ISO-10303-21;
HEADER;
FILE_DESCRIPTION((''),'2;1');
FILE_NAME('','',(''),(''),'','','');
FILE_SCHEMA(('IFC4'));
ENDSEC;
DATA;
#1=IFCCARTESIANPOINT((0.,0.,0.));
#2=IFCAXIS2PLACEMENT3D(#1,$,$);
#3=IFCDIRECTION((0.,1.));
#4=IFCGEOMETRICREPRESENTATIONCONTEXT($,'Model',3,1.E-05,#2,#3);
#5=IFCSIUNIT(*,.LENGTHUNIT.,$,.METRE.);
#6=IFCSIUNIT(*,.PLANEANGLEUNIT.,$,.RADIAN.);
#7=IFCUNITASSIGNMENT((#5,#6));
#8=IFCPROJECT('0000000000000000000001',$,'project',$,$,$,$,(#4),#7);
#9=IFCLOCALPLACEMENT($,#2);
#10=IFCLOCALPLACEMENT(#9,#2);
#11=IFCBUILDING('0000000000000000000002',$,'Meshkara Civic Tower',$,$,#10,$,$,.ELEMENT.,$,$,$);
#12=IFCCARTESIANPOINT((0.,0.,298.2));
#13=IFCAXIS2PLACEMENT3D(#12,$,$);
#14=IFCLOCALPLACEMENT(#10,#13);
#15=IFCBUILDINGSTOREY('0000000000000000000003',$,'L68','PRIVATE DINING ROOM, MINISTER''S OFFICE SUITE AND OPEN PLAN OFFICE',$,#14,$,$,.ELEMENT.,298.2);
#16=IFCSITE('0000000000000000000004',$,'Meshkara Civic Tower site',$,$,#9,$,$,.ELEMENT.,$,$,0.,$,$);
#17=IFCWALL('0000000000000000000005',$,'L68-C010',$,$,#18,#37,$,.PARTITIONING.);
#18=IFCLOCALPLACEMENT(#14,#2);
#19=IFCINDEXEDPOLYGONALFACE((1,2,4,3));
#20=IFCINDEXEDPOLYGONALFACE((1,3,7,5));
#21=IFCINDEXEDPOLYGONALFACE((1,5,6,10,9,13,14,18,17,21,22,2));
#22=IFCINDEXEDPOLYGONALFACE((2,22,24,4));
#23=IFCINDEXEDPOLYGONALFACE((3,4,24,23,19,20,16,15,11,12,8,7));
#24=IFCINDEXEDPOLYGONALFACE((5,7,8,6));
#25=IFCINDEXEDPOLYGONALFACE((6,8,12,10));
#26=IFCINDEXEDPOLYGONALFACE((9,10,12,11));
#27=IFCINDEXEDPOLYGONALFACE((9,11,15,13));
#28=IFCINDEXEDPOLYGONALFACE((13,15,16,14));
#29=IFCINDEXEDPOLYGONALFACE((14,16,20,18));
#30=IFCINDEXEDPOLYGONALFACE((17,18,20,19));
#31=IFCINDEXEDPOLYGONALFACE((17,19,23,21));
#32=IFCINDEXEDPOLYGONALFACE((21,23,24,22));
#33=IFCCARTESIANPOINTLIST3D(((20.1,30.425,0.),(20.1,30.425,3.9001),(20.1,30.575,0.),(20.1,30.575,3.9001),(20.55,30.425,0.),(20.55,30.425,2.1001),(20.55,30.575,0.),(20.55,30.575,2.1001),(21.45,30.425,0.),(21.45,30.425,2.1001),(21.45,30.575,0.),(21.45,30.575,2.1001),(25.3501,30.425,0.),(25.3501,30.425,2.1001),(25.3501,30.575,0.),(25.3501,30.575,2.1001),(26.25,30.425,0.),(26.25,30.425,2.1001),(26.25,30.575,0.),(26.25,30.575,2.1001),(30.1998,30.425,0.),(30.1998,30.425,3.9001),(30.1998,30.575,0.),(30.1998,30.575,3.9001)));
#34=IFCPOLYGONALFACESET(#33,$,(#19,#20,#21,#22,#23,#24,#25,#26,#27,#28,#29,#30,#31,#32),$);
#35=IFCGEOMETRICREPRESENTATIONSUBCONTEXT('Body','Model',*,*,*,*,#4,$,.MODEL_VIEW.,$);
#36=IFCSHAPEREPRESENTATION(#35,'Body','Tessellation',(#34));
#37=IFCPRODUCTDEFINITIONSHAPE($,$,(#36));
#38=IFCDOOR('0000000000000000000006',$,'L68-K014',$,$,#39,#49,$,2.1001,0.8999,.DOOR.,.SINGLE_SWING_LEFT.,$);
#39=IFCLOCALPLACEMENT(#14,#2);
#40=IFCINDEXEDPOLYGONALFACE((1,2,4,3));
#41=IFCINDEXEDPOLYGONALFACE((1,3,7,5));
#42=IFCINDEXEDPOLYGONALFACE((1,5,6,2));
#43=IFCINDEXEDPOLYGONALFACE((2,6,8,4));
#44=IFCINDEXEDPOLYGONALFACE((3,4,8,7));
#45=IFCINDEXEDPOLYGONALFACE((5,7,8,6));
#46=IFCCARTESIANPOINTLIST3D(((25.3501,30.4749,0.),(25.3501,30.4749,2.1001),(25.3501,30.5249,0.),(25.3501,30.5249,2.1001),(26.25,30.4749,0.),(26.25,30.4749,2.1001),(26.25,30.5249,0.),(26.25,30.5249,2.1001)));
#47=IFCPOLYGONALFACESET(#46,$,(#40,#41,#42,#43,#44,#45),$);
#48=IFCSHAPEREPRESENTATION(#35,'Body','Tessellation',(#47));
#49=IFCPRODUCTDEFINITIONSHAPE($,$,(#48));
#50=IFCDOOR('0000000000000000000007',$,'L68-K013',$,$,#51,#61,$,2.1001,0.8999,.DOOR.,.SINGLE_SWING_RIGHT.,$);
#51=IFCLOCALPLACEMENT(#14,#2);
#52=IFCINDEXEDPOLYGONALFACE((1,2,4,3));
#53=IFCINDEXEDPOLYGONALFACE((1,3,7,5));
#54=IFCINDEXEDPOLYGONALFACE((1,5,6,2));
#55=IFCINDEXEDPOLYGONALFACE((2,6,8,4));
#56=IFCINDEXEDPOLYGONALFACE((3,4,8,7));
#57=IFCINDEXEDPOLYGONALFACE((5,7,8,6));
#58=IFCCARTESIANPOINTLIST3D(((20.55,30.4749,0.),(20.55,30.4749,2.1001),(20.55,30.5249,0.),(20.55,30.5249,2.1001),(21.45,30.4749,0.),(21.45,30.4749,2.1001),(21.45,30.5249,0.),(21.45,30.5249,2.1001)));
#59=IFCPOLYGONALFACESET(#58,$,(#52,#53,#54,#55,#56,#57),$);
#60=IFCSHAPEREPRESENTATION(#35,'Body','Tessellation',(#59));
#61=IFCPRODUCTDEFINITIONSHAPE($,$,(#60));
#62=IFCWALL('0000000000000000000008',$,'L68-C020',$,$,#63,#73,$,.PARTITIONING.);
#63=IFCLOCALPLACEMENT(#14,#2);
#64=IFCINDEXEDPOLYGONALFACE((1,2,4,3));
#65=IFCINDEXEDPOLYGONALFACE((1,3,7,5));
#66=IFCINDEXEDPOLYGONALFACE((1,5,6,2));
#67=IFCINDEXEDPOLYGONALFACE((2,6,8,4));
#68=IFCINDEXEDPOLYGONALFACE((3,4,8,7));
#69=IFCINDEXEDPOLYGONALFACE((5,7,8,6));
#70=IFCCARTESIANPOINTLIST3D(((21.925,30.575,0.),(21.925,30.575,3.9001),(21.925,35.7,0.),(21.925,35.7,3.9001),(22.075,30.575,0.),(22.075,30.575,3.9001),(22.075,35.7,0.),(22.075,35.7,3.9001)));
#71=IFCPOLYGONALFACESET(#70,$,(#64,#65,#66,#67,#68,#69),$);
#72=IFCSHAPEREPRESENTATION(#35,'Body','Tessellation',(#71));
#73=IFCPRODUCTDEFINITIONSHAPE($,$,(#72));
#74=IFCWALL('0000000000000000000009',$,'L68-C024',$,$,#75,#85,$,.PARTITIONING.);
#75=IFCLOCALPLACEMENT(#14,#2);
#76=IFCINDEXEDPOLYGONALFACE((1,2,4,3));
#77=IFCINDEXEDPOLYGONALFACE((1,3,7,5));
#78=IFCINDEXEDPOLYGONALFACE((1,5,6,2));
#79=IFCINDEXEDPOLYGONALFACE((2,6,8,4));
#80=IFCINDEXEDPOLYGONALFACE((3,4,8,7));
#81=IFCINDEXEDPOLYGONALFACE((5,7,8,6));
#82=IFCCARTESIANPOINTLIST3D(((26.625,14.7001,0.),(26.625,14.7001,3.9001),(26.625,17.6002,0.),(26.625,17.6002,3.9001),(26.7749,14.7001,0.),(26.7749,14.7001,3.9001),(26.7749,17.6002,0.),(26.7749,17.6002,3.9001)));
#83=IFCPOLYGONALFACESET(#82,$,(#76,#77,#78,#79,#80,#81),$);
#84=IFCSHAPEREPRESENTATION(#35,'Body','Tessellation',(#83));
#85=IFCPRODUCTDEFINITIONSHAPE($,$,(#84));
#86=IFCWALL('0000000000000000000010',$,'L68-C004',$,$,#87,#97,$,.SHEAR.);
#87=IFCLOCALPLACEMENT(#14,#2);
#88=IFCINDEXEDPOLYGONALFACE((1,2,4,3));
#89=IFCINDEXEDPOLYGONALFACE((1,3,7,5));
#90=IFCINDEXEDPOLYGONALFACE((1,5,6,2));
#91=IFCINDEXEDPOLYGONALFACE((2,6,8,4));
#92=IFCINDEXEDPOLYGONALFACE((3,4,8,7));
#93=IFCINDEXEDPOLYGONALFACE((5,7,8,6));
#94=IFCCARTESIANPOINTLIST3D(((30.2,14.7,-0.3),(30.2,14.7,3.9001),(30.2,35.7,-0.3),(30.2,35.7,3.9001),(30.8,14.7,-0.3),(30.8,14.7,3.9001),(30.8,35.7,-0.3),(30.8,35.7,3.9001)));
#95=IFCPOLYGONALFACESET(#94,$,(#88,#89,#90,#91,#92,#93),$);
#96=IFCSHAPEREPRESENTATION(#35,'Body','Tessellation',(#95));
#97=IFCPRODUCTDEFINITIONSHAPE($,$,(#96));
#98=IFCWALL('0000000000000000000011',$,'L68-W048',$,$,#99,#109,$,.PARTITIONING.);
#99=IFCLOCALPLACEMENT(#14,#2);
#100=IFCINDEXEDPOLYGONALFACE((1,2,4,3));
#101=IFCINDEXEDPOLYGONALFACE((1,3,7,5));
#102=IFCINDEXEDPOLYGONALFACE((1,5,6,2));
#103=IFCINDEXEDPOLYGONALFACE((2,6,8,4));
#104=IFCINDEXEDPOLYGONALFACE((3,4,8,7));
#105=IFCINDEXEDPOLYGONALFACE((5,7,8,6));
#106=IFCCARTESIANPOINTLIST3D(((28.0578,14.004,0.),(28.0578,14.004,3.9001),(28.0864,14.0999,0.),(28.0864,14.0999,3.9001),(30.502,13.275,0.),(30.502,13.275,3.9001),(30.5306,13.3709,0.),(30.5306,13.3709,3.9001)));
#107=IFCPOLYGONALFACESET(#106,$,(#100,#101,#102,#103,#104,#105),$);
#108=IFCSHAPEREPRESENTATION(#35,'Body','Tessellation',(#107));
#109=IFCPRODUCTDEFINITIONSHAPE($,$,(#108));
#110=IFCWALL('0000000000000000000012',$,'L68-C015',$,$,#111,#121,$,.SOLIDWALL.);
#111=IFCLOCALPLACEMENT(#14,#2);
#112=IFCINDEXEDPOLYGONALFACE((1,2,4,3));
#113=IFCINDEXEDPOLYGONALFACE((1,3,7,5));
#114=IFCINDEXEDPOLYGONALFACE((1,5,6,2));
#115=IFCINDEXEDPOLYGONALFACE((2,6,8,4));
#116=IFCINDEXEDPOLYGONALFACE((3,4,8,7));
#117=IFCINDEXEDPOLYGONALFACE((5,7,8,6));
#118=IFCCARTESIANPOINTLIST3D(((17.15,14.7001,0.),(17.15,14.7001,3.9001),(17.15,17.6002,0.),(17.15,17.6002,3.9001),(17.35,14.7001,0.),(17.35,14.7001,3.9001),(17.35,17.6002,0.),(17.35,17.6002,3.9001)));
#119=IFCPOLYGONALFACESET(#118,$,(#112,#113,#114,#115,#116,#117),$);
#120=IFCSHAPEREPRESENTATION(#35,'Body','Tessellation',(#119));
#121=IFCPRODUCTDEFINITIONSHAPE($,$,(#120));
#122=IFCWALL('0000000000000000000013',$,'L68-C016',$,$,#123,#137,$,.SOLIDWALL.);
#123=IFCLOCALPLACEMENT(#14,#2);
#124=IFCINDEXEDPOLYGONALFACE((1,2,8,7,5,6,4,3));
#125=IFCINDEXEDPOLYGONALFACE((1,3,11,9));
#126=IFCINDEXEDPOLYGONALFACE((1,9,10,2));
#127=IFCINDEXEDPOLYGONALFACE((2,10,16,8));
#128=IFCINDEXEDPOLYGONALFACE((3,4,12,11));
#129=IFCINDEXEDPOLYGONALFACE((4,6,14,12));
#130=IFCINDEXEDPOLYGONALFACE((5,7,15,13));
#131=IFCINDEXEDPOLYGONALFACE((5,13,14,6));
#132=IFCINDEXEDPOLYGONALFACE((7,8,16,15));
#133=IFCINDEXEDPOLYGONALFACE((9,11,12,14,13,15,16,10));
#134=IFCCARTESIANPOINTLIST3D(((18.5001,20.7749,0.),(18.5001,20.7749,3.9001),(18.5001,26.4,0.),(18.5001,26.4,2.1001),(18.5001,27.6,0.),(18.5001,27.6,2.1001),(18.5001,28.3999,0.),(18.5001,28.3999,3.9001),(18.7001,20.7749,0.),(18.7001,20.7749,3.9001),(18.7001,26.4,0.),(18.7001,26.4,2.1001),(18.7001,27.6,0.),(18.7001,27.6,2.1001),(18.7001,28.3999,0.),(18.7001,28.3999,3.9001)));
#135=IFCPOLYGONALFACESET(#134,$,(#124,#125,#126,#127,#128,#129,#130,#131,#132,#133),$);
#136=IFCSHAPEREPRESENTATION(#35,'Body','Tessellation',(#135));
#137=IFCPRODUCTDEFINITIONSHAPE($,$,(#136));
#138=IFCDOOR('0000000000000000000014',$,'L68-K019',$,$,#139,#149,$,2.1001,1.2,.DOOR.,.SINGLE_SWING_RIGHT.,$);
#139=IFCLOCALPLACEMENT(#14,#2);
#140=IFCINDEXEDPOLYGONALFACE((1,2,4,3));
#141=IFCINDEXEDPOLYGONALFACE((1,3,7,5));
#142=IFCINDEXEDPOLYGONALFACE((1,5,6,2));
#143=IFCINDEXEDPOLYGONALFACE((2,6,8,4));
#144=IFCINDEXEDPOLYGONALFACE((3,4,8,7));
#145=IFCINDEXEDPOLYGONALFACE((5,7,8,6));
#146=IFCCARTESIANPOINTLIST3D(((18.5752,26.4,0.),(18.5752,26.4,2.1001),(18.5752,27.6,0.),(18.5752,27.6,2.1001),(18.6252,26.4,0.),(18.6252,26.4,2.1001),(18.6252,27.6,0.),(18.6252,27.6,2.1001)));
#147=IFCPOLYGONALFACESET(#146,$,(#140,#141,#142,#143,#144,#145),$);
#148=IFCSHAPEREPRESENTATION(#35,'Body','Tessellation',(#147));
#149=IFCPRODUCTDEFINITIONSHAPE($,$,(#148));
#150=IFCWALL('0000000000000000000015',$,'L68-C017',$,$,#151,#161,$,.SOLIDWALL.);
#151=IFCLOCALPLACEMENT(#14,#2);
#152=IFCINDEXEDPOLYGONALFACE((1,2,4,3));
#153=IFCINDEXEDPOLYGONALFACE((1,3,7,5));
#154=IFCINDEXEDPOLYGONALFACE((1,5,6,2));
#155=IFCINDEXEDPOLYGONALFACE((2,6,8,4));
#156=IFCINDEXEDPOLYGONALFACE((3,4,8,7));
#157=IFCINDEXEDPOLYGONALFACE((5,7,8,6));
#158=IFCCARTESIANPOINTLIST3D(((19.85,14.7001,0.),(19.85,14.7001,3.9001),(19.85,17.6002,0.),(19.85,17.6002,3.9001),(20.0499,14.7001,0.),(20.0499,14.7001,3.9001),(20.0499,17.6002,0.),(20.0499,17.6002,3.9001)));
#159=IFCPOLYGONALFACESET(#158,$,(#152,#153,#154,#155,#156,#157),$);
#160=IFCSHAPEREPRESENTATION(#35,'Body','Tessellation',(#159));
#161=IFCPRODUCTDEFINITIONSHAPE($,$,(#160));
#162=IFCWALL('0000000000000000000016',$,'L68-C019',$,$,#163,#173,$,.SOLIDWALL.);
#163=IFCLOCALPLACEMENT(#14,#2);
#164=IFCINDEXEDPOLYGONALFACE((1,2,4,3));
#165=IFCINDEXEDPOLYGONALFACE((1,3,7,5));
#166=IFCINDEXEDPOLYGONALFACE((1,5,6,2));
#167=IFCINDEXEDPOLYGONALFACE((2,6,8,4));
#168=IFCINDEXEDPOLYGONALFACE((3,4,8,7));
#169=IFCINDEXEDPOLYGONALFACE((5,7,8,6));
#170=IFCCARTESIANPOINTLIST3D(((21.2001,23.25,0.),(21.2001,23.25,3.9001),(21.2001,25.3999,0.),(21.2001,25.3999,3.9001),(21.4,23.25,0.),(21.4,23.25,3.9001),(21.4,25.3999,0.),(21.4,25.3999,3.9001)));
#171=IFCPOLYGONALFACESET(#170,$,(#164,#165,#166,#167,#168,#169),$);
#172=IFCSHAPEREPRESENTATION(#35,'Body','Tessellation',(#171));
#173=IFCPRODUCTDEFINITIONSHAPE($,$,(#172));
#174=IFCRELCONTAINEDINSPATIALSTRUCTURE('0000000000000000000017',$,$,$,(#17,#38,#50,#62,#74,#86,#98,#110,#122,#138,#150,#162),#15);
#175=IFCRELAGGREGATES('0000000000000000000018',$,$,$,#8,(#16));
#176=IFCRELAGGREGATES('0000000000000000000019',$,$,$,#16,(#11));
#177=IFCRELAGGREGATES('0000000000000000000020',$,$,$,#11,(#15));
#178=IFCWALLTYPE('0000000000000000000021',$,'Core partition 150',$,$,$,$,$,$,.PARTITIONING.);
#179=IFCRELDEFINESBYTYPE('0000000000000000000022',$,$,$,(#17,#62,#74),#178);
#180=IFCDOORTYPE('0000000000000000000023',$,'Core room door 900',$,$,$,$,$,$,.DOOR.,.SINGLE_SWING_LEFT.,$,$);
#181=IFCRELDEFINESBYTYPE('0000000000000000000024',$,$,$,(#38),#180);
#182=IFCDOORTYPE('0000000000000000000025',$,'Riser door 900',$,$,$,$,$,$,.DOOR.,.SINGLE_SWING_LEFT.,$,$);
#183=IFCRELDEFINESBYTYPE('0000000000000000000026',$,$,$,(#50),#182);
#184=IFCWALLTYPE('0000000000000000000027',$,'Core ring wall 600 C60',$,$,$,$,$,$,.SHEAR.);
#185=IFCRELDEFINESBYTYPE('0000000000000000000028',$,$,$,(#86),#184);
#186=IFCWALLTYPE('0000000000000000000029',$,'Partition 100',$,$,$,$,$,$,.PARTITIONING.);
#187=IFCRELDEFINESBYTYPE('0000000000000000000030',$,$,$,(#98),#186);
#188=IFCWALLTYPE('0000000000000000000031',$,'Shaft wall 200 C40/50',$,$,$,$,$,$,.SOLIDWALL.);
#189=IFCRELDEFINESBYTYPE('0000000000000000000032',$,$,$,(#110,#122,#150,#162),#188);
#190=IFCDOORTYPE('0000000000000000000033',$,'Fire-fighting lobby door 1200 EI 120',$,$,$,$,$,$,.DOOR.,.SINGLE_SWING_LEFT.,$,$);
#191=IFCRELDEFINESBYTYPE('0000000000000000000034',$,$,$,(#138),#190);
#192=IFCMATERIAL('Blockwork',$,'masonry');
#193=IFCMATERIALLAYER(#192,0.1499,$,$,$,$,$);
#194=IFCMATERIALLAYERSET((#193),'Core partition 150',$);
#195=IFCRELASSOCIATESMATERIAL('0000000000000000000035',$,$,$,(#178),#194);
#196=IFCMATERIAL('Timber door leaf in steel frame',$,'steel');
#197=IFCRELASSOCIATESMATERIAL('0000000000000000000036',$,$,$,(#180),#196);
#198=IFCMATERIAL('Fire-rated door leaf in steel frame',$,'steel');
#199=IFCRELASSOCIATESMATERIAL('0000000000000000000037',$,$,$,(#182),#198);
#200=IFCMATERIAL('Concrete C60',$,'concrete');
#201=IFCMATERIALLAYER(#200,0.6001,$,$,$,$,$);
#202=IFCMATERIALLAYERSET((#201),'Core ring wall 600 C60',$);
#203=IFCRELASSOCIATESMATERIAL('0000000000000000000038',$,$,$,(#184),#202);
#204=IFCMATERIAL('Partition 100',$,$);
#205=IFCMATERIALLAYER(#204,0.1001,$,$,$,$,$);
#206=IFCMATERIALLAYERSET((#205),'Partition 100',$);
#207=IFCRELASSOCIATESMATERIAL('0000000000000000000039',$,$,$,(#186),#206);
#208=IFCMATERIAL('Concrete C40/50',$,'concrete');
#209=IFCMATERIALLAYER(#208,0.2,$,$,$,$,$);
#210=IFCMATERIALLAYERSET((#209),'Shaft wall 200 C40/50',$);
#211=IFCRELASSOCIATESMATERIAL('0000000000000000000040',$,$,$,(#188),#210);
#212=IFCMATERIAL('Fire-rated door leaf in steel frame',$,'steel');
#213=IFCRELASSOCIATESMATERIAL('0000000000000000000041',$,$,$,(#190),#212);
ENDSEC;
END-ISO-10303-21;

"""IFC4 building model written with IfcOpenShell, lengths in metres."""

from ifc_helpers import new_model, si_unit, direction, frame, frame_2d, origin, place, context, subcontext, project, spatial, rectangle, extrude, material, layer, layer_set, type_object, element, fill, save


model = new_model("IFC4")

# Units and contexts
model_context = context("Model", 3, precision=1e-05, world=origin(), true_north=direction((0.0, 1.0)))
body_context = subcontext(model_context, "Body", "Model", "MODEL_VIEW")
ifc_project = project(units=[si_unit("LENGTHUNIT", "METRE"), si_unit("PLANEANGLEUNIT", "RADIAN")], contexts=[model_context])

# Site, building, storey
site_placement = place(None, origin())
site = spatial("IfcSite", under=ifc_project, at=site_placement, Name="Meshkara Civic Tower site", CompositionType="ELEMENT", RefElevation=0.0)
building_placement = place(site_placement, origin())
building = spatial("IfcBuilding", under=site, at=building_placement, Name="Meshkara Civic Tower", CompositionType="ELEMENT")
storey_placement = place(building_placement, frame((0.0, 0.0, 298.2)))
storey = spatial("IfcBuildingStorey", under=building, at=storey_placement, Name="L68", Description="PRIVATE DINING ROOM, MINISTER'S OFFICE SUITE AND OPEN PLAN OFFICE", CompositionType="ELEMENT", Elevation=298.2)

# Wall, openings, doors
ifc_material_1 = material(Name="Blockwork", Category="masonry")
ifc_layer_1 = layer(ifc_material_1, 0.1499)
ifc_layer_set_1 = layer_set([ifc_layer_1], Name="Core partition 150")
wall_type_1 = type_object("IfcWallType", Name="Core partition 150", PredefinedType="PARTITIONING", material=ifc_layer_set_1)
wall_1_placement = place(storey_placement, frame((20.1001, 30.5, 0.0), z_axis=(0.0, 0.0, 1.0), x_axis=(1.0, 0.0, 0.0)))
wall_1 = element("IfcWall", 1, at=wall_1_placement, inside=storey, type_object=wall_type_1, Name="L68-C010", PredefinedType="PARTITIONING", context=body_context, shape_type="SweptSolid", body=[
    extrude(rectangle(XDim=10.0999, YDim=0.1499, at=frame_2d((5.0498, 0.0))), origin(), (0.0, 0.0, 1.0), 3.9001),
])
opening_1_placement = place(wall_1_placement, frame((0.45, 0.0, 0.0)))
opening_1 = element("IfcOpeningElement", 2, at=opening_1_placement, cuts=wall_1, PredefinedType="OPENING", context=body_context, shape_type="SweptSolid", body=[
    extrude(rectangle(XDim=0.8999, YDim=2.1001, at=frame_2d((0.45, 1.05))), frame((0.0, 0.085, 0.0), z_axis=(0.0, -1.0, 0.0), x_axis=(1.0, 0.0, 0.0)), (0.0, 0.0, 1.0), 0.1699),
])
opening_2_placement = place(wall_1_placement, frame((5.25, 0.0, 0.0)))
opening_2 = element("IfcOpeningElement", 3, at=opening_2_placement, cuts=wall_1, PredefinedType="OPENING", context=body_context, shape_type="SweptSolid", body=[
    extrude(rectangle(XDim=0.8999, YDim=2.1001, at=frame_2d((0.45, 1.05))), frame((0.0, 0.085, 0.0), z_axis=(0.0, -1.0, 0.0), x_axis=(1.0, 0.0, 0.0)), (0.0, 0.0, 1.0), 0.1699),
])
ifc_material_2 = material(Name="Timber door leaf in steel frame", Category="steel")
door_type_1 = type_object("IfcDoorType", Name="Core room door 900", OperationType="SINGLE_SWING_LEFT", PredefinedType="DOOR", material=ifc_material_2)
door_1_placement = place(opening_2_placement, origin())
door_1 = element("IfcDoor", 4, at=door_1_placement, inside=storey, type_object=door_type_1, Name="L68-K014", OperationType="SINGLE_SWING_LEFT", OverallHeight=2.1001, OverallWidth=0.8999, PredefinedType="DOOR", context=body_context, shape_type="SweptSolid", body=[
    extrude(rectangle(XDim=0.8999, YDim=2.1001, at=frame_2d((0.45, 1.05))), frame((0.0, 0.0249, 0.0), z_axis=(0.0, -1.0, 0.0), x_axis=(1.0, 0.0, 0.0)), (0.0, 0.0, 1.0), 0.05),
])
fill(opening_2, door_1)
ifc_material_3 = material(Name="Fire-rated door leaf in steel frame", Category="steel")
door_type_2 = type_object("IfcDoorType", Name="Riser door 900", OperationType="SINGLE_SWING_LEFT", PredefinedType="DOOR", material=ifc_material_3)
door_2_placement = place(opening_1_placement, origin())
door_2 = element("IfcDoor", 5, at=door_2_placement, inside=storey, type_object=door_type_2, Name="L68-K013", OperationType="SINGLE_SWING_RIGHT", OverallHeight=2.1001, OverallWidth=0.8999, PredefinedType="DOOR", context=body_context, shape_type="SweptSolid", body=[
    extrude(rectangle(XDim=0.8999, YDim=2.1001, at=frame_2d((0.45, 1.05))), frame((0.0, 0.0249, 0.0), z_axis=(0.0, -1.0, 0.0), x_axis=(1.0, 0.0, 0.0)), (0.0, 0.0, 1.0), 0.05),
])
fill(opening_1, door_2)

# Walls
wall_2_placement = place(storey_placement, frame((22.0, 30.575, 0.0), z_axis=(0.0, 0.0, 1.0), x_axis=(0.0, 1.0, 0.0)))
element("IfcWall", 6, at=wall_2_placement, inside=storey, type_object=wall_type_1, Name="L68-C020", PredefinedType="PARTITIONING", context=body_context, shape_type="SweptSolid", body=[
    extrude(rectangle(XDim=5.125, YDim=0.1499, at=frame_2d((2.5625, 0.0))), origin(), (0.0, 0.0, 1.0), 3.9001),
])
wall_3_placement = place(storey_placement, frame((26.7, 14.7, 0.0), z_axis=(0.0, 0.0, 1.0), x_axis=(0.0, 1.0, 0.0)))
element("IfcWall", 7, at=wall_3_placement, inside=storey, type_object=wall_type_1, Name="L68-C024", PredefinedType="PARTITIONING", context=body_context, shape_type="SweptSolid", body=[
    extrude(rectangle(XDim=2.9001, YDim=0.1499, at=frame_2d((1.4502, 0.0))), origin(), (0.0, 0.0, 1.0), 3.9001),
])
ifc_material_4 = material(Name="Concrete C60", Category="concrete")
ifc_layer_2 = layer(ifc_material_4, 0.6001)
ifc_layer_set_2 = layer_set([ifc_layer_2], Name="Core ring wall 600 C60")
wall_type_2 = type_object("IfcWallType", Name="Core ring wall 600 C60", PredefinedType="SHEAR", material=ifc_layer_set_2)
wall_4_placement = place(storey_placement, frame((30.5, 14.7, -0.3), z_axis=(0.0, 0.0, 1.0), x_axis=(0.0, 1.0, 0.0)))
element("IfcWall", 8, at=wall_4_placement, inside=storey, type_object=wall_type_2, Name="L68-C004", PredefinedType="SHEAR", context=body_context, shape_type="SweptSolid", body=[
    extrude(rectangle(XDim=21.0, YDim=0.6001, at=frame_2d((10.5, 0.0))), origin(), (0.0, 0.0, 1.0), 4.2002),
])
ifc_material_5 = material(Name="Partition 100")
ifc_layer_3 = layer(ifc_material_5, 0.1001)
ifc_layer_set_3 = layer_set([ifc_layer_3], Name="Partition 100")
wall_type_3 = type_object("IfcWallType", Name="Partition 100", PredefinedType="PARTITIONING", material=ifc_layer_set_3)
wall_5_placement = place(storey_placement, frame((28.072, 14.052, 0.0), z_axis=(0.0, 0.0, 1.0), x_axis=(0.958281, -0.285828, 0.0)))
element("IfcWall", 9, at=wall_5_placement, inside=storey, type_object=wall_type_3, Name="L68-W048", PredefinedType="PARTITIONING", context=body_context, shape_type="SweptSolid", body=[
    extrude(rectangle(XDim=2.5505, YDim=0.1001, at=frame_2d((1.2754, 0.0))), origin(), (0.0, 0.0, 1.0), 3.9001),
])
ifc_material_6 = material(Name="Concrete C40/50", Category="concrete")
ifc_layer_4 = layer(ifc_material_6, 0.2)
ifc_layer_set_4 = layer_set([ifc_layer_4], Name="Shaft wall 200 C40/50")
wall_type_4 = type_object("IfcWallType", Name="Shaft wall 200 C40/50", PredefinedType="SOLIDWALL", material=ifc_layer_set_4)
wall_6_placement = place(storey_placement, frame((17.25, 14.7, 0.0), z_axis=(0.0, 0.0, 1.0), x_axis=(0.0, 1.0, 0.0)))
element("IfcWall", 10, at=wall_6_placement, inside=storey, type_object=wall_type_4, Name="L68-C015", PredefinedType="SOLIDWALL", context=body_context, shape_type="SweptSolid", body=[
    extrude(rectangle(XDim=2.9001, YDim=0.2, at=frame_2d((1.4502, 0.0))), origin(), (0.0, 0.0, 1.0), 3.9001),
])

# Wall, opening, door
wall_7_placement = place(storey_placement, frame((18.6001, 20.7749, 0.0), z_axis=(0.0, 0.0, 1.0), x_axis=(0.0, 1.0, 0.0)))
wall_7 = element("IfcWall", 11, at=wall_7_placement, inside=storey, type_object=wall_type_4, Name="L68-C016", PredefinedType="SOLIDWALL", context=body_context, shape_type="SweptSolid", body=[
    extrude(rectangle(XDim=7.625, YDim=0.2, at=frame_2d((3.8125, 0.0))), origin(), (0.0, 0.0, 1.0), 3.9001),
])
opening_3_placement = place(wall_7_placement, frame((5.625, 0.0, 0.0)))
opening_3 = element("IfcOpeningElement", 12, at=opening_3_placement, cuts=wall_7, PredefinedType="OPENING", context=body_context, shape_type="SweptSolid", body=[
    extrude(rectangle(XDim=1.2, YDim=2.1001, at=frame_2d((0.6001, 1.05))), frame((0.0, 0.1099, 0.0), z_axis=(0.0, -1.0, 0.0), x_axis=(1.0, 0.0, 0.0)), (0.0, 0.0, 1.0), 0.22),
])
ifc_material_7 = material(Name="Fire-rated door leaf in steel frame", Category="steel")
door_type_3 = type_object("IfcDoorType", Name="Fire-fighting lobby door 1200 EI 120", OperationType="SINGLE_SWING_LEFT", PredefinedType="DOOR", material=ifc_material_7)
door_3_placement = place(opening_3_placement, origin())
door_3 = element("IfcDoor", 13, at=door_3_placement, inside=storey, type_object=door_type_3, Name="L68-K019", OperationType="SINGLE_SWING_RIGHT", OverallHeight=2.1001, OverallWidth=1.2, PredefinedType="DOOR", context=body_context, shape_type="SweptSolid", body=[
    extrude(rectangle(XDim=1.2, YDim=2.1001, at=frame_2d((0.6001, 1.05))), frame((0.0, 0.0249, 0.0), z_axis=(0.0, -1.0, 0.0), x_axis=(1.0, 0.0, 0.0)), (0.0, 0.0, 1.0), 0.05),
])
fill(opening_3, door_3)

# Walls
wall_8_placement = place(storey_placement, frame((19.95, 14.7, 0.0), z_axis=(0.0, 0.0, 1.0), x_axis=(0.0, 1.0, 0.0)))
element("IfcWall", 14, at=wall_8_placement, inside=storey, type_object=wall_type_4, Name="L68-C017", PredefinedType="SOLIDWALL", context=body_context, shape_type="SweptSolid", body=[
    extrude(rectangle(XDim=2.9001, YDim=0.2, at=frame_2d((1.4502, 0.0))), origin(), (0.0, 0.0, 1.0), 3.9001),
])
wall_9_placement = place(storey_placement, frame((21.3, 23.25, 0.0), z_axis=(0.0, 0.0, 1.0), x_axis=(0.0, 1.0, 0.0)))
element("IfcWall", 15, at=wall_9_placement, inside=storey, type_object=wall_type_4, Name="L68-C019", PredefinedType="SOLIDWALL", context=body_context, shape_type="SweptSolid", body=[
    extrude(rectangle(XDim=2.1499, YDim=0.2, at=frame_2d((1.075, 0.0))), origin(), (0.0, 0.0, 1.0), 3.9001),
])

save(model, "model.ifc")
